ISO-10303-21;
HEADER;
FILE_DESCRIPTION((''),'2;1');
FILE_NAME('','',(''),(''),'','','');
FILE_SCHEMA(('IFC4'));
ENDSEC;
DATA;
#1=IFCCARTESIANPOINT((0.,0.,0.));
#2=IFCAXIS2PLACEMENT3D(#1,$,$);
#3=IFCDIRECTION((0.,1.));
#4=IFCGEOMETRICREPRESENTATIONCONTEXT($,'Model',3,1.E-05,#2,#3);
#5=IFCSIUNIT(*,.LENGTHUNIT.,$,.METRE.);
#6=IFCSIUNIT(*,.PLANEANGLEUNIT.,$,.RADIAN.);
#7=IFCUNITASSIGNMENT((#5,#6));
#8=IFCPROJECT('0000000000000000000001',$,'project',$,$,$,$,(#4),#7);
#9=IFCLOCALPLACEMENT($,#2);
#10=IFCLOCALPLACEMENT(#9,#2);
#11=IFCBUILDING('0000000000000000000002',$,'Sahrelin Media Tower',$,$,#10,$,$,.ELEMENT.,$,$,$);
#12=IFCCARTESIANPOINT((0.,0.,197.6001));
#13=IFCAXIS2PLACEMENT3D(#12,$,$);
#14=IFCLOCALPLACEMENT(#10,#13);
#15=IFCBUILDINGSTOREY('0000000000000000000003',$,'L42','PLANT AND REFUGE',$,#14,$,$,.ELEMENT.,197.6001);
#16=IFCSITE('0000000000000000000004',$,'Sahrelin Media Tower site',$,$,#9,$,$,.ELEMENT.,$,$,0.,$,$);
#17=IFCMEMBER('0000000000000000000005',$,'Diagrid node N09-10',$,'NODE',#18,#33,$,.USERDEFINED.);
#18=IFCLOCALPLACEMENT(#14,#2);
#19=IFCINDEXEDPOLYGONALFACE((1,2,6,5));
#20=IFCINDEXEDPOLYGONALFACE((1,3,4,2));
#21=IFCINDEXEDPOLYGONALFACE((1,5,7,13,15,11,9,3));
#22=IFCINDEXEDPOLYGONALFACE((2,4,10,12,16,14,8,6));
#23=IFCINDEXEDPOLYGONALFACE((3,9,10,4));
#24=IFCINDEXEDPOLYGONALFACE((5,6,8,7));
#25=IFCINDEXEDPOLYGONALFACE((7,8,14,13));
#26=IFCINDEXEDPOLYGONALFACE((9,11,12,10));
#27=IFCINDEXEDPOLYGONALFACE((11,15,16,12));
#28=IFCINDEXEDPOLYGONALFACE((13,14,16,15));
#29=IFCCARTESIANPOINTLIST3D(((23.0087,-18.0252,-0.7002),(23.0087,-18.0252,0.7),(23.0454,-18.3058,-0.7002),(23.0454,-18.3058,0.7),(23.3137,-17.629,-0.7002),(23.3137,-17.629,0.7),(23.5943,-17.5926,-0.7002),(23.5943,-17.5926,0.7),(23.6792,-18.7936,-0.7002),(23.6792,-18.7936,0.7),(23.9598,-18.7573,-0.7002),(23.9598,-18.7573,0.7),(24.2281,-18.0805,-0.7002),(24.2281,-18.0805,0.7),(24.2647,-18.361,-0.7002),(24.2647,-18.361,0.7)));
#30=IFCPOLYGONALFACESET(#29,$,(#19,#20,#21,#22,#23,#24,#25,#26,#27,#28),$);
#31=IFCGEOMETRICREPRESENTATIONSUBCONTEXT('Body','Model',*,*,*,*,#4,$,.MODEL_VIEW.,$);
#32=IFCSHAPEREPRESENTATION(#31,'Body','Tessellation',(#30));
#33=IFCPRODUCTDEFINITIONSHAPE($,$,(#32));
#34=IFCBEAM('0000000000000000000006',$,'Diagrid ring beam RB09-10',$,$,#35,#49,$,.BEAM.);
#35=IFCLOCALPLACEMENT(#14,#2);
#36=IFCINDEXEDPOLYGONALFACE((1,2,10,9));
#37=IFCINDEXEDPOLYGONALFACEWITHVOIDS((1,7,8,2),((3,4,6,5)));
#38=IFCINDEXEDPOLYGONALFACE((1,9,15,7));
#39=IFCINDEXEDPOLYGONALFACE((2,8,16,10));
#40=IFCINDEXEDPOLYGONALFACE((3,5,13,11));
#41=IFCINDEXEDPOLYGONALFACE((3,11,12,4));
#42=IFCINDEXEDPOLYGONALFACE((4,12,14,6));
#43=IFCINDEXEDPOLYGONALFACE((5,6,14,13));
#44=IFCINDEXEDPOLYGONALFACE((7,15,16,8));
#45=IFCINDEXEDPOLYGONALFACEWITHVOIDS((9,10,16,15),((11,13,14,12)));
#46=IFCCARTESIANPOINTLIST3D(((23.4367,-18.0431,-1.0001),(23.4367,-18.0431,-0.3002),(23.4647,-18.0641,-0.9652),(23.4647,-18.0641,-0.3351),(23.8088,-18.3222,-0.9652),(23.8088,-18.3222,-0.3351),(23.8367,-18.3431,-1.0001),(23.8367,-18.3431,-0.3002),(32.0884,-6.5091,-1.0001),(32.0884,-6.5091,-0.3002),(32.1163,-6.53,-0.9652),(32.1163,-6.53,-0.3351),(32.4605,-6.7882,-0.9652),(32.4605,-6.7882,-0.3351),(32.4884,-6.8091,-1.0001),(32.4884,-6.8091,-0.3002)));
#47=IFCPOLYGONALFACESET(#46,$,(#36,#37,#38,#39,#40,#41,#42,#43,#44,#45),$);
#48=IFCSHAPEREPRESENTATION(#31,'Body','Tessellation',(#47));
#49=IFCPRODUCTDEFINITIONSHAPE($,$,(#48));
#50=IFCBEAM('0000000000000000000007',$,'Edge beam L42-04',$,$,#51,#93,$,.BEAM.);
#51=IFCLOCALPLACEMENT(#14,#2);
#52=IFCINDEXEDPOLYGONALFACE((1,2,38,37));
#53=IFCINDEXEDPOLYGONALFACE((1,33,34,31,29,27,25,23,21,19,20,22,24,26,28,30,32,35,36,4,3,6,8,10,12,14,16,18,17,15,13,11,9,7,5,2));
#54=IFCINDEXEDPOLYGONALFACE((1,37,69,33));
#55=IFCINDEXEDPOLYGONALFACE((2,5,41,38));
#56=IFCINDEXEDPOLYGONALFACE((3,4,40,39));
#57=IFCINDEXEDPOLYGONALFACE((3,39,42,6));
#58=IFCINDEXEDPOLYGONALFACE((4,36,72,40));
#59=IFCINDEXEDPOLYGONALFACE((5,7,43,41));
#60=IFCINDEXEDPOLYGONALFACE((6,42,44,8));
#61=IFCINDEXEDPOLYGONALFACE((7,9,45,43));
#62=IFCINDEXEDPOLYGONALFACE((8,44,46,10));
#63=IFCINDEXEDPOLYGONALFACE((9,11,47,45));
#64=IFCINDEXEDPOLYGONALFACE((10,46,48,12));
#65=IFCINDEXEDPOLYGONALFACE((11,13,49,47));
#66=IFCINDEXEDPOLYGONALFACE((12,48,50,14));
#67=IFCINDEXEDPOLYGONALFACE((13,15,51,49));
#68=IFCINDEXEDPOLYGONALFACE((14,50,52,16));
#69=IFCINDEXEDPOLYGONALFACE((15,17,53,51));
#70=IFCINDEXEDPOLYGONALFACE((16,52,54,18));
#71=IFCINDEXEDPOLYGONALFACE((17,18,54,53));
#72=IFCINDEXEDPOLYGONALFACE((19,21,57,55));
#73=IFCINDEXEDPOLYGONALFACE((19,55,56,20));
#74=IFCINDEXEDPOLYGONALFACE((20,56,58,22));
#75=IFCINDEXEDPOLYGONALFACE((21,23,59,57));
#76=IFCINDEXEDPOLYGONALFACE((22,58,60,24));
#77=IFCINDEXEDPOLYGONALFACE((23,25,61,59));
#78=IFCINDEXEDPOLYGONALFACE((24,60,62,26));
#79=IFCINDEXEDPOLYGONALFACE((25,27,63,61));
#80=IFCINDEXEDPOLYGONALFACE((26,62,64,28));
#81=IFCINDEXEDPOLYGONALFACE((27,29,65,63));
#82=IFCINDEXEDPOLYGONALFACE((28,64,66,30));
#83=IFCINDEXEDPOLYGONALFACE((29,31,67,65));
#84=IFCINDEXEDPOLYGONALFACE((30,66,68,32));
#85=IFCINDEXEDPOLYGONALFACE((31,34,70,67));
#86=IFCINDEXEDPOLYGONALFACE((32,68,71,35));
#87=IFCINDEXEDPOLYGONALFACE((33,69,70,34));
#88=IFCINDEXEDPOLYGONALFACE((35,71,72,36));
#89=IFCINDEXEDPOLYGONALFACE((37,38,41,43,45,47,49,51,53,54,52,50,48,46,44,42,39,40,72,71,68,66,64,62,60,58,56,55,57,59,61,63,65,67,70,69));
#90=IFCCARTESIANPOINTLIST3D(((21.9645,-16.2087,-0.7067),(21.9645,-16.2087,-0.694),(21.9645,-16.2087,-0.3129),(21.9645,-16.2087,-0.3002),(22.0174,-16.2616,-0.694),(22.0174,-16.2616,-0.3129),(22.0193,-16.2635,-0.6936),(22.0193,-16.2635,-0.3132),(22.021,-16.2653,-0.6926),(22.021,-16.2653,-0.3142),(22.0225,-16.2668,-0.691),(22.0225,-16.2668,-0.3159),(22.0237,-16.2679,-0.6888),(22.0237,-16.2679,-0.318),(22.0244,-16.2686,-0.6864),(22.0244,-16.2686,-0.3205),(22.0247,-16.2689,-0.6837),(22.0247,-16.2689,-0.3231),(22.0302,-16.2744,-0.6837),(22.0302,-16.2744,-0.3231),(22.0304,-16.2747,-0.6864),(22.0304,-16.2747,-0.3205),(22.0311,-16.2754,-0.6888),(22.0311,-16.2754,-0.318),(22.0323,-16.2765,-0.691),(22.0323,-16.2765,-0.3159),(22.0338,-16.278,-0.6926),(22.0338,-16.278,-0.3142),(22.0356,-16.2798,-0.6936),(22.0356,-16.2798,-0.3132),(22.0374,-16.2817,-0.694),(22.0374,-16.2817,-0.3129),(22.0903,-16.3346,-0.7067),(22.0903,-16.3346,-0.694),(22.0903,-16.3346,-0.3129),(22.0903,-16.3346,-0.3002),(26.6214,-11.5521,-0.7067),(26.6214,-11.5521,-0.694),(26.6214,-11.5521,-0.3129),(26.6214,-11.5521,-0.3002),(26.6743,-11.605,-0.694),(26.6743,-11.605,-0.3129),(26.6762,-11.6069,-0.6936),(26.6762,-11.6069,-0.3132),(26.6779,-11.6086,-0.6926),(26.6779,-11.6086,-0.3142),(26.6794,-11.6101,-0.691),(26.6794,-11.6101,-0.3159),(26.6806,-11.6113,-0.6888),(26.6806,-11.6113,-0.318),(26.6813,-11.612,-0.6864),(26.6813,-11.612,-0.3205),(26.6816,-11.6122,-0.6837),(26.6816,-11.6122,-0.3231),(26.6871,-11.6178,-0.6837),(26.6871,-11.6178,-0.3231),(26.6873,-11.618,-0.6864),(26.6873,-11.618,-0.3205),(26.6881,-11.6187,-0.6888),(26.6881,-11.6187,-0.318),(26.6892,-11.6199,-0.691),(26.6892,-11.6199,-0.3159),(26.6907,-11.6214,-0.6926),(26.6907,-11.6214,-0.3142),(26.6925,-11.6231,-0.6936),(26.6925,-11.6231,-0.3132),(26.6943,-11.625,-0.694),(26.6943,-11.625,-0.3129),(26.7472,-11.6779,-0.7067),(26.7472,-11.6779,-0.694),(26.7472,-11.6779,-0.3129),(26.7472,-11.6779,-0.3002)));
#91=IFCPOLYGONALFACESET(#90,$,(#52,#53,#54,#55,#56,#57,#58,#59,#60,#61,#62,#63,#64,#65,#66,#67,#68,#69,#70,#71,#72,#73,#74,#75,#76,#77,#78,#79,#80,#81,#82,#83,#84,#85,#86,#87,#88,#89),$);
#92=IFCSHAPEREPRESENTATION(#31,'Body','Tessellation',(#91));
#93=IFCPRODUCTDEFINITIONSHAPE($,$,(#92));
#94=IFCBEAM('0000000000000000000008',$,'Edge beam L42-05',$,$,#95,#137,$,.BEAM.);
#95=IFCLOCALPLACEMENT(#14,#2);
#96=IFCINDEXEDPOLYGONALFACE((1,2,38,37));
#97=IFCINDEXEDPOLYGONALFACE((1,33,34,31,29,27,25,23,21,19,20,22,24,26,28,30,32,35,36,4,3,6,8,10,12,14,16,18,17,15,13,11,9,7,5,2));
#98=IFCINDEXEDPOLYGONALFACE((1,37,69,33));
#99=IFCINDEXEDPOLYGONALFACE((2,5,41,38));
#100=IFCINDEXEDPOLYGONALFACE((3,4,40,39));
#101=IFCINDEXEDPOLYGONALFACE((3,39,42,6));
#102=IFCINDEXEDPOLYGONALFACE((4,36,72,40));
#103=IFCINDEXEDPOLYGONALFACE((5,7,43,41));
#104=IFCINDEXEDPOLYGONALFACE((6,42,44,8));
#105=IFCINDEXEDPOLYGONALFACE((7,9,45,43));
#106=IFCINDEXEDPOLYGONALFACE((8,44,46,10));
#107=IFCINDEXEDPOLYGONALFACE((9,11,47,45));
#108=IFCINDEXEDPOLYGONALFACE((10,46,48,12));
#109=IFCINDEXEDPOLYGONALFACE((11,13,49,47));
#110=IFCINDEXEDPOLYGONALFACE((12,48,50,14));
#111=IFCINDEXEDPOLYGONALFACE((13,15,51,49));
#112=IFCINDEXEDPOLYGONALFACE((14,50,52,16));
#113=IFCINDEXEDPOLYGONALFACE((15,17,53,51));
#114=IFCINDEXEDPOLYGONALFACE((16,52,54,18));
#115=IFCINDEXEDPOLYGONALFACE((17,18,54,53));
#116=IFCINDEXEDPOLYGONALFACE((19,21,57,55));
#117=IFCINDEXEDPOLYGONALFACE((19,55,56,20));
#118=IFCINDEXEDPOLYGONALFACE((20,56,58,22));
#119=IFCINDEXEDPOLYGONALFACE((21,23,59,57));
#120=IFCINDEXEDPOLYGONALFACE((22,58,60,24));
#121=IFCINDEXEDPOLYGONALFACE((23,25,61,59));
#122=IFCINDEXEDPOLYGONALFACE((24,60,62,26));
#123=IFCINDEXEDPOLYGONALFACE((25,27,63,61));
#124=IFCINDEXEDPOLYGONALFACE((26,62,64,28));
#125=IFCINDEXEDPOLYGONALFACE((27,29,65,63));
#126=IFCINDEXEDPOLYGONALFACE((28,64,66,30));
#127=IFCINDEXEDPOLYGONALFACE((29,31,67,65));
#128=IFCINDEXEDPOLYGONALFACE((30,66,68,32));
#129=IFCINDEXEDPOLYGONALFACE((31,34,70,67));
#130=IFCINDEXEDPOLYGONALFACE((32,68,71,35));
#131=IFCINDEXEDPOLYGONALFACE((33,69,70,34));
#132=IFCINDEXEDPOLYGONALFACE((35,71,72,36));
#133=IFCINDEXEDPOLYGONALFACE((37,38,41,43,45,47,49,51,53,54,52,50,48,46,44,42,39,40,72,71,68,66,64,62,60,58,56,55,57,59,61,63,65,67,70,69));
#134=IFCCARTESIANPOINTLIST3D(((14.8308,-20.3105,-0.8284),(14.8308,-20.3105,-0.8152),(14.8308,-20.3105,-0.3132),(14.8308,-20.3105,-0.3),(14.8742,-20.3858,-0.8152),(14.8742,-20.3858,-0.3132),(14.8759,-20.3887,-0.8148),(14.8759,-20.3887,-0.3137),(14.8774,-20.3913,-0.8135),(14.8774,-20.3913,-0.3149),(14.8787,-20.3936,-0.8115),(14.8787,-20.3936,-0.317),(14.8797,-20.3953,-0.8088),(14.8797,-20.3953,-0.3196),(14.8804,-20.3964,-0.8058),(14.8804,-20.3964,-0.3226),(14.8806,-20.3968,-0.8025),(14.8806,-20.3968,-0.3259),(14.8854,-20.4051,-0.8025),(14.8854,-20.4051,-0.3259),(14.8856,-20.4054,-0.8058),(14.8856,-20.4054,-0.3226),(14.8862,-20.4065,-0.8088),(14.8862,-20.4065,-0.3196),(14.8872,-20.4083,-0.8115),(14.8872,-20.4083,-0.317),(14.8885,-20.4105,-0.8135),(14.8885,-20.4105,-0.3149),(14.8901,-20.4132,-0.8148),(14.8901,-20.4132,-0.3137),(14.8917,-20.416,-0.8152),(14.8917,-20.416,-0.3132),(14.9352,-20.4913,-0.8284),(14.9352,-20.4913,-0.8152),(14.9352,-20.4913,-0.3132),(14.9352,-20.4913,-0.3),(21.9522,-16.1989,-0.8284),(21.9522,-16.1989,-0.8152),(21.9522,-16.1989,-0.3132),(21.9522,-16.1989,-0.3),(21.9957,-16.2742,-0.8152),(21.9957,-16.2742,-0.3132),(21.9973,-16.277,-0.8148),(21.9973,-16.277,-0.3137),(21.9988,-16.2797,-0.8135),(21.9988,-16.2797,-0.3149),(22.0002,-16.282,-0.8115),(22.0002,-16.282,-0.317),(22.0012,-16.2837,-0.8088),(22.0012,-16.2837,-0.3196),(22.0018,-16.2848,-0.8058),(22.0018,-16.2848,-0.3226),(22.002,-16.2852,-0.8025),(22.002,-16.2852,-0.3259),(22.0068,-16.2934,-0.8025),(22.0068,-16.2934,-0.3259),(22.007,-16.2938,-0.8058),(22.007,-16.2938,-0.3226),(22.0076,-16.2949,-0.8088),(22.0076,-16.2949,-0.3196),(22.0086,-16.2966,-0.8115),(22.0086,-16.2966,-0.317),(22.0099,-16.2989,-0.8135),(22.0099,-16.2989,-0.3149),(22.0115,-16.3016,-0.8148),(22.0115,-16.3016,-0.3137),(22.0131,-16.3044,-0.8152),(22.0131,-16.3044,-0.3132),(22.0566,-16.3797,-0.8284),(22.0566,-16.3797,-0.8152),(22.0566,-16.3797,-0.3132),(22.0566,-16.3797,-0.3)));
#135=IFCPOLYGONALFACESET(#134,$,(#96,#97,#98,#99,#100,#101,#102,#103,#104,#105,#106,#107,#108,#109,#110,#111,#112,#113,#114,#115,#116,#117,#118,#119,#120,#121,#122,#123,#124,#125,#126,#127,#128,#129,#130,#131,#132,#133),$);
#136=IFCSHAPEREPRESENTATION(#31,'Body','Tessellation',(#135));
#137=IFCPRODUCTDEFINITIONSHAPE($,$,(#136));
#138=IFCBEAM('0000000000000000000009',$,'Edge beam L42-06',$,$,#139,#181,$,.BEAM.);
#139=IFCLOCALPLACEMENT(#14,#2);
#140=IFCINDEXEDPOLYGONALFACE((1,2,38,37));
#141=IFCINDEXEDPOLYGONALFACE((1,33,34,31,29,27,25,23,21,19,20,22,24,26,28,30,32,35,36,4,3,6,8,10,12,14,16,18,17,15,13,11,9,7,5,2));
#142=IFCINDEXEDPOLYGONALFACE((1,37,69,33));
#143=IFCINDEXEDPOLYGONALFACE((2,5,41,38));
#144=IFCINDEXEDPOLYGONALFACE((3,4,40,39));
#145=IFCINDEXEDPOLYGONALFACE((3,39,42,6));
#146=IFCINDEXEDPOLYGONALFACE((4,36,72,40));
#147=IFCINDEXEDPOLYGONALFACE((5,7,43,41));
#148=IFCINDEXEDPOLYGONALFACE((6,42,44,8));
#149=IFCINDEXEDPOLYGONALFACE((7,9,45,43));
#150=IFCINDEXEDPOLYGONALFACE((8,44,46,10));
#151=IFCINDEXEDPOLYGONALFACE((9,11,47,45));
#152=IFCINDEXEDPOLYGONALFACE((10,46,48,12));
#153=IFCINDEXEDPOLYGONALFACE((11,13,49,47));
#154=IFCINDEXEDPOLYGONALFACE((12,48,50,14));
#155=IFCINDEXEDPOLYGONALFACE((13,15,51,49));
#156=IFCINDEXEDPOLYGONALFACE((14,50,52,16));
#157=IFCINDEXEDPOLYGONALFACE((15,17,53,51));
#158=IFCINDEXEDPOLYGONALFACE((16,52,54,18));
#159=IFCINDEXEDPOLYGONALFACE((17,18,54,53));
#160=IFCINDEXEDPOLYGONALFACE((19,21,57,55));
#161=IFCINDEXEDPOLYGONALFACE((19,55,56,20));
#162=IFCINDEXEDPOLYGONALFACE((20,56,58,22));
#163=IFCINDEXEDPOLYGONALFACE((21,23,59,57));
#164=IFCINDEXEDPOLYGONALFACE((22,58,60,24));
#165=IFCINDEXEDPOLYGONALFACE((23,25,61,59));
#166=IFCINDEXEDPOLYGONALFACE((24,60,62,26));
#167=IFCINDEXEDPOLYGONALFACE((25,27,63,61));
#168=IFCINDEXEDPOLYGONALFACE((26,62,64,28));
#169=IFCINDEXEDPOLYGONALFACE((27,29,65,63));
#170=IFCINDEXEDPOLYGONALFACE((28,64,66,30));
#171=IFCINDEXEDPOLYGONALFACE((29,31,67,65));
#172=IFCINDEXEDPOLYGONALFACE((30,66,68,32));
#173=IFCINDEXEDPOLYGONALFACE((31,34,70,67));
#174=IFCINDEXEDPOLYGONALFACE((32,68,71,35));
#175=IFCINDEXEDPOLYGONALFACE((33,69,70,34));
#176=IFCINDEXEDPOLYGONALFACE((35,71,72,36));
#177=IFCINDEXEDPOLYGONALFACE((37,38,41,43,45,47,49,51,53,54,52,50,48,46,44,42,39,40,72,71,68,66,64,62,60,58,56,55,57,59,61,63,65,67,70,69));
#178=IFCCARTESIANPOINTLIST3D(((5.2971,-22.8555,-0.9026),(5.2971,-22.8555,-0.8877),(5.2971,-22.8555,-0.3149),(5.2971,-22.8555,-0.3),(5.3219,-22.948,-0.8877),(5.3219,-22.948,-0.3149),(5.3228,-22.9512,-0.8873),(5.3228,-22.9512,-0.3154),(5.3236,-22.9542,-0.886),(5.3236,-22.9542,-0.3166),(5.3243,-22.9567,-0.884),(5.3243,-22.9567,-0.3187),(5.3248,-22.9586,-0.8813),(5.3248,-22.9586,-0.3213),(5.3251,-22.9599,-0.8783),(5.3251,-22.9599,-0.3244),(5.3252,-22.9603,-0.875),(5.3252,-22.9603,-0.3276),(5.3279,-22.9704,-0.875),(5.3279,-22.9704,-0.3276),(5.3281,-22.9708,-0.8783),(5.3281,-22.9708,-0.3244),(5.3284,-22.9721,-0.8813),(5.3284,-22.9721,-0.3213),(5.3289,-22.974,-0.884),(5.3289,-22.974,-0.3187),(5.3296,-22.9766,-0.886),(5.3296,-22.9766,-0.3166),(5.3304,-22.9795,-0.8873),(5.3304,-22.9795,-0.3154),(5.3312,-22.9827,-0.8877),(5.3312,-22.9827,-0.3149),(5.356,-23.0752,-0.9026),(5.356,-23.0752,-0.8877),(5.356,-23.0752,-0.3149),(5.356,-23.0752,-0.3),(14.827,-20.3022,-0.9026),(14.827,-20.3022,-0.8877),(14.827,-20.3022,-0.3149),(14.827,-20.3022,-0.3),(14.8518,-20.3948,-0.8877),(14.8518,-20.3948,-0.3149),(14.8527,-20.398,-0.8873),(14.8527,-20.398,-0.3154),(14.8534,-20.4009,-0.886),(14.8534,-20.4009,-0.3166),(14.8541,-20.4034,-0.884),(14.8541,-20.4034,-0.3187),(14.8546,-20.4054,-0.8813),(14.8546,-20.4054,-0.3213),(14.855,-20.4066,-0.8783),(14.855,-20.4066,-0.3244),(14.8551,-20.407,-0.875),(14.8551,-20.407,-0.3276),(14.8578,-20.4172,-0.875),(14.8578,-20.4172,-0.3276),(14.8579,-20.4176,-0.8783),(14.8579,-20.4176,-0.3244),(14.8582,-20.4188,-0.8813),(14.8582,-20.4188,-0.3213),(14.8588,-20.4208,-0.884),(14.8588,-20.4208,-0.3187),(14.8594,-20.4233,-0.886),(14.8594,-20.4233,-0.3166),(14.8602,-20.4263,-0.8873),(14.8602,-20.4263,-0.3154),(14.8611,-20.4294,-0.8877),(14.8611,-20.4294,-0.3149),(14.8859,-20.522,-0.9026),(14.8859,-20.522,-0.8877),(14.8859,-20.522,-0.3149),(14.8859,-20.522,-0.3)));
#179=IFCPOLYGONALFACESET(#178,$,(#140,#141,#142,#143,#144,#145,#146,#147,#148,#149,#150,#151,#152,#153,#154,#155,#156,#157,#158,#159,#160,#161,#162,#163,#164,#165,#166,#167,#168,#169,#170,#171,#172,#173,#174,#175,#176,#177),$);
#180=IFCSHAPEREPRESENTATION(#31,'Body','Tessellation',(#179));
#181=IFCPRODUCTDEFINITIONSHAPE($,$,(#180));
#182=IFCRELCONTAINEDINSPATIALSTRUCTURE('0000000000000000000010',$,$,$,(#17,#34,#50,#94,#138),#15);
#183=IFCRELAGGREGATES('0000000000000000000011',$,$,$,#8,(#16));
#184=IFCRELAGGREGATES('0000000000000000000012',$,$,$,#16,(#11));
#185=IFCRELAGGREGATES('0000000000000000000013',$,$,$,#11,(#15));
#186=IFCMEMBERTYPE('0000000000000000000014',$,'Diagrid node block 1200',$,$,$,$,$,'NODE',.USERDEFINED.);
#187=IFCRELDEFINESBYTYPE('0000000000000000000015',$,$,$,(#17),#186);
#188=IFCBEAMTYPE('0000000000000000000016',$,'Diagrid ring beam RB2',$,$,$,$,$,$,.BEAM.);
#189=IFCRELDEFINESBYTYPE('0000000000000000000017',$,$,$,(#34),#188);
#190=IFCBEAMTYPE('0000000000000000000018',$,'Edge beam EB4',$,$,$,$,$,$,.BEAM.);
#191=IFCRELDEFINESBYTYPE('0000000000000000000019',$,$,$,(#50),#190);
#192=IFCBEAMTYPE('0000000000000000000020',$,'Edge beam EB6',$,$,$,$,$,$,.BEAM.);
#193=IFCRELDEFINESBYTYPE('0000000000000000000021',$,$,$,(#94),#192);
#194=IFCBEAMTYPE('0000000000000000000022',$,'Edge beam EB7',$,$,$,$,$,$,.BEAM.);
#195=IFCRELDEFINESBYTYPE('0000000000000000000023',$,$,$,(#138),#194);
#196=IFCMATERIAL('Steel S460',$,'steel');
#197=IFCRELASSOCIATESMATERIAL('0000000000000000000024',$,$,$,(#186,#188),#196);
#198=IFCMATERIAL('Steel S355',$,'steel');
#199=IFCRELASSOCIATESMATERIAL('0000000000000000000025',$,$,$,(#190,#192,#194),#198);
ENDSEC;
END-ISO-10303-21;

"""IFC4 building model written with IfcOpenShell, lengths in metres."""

from ifc_helpers import new_model, si_unit, direction, frame, origin, origin_2d, place, context, subcontext, project, spatial, polyline, hollow_rectangle, i_section, outline, extrude, material, material_profile, profile_set, type_object, element, save


model = new_model("IFC4")

# Units and contexts
model_context = context("Model", 3, precision=1e-05, world=origin(), true_north=direction((0.0, 1.0)))
body_context = subcontext(model_context, "Body", "Model", "MODEL_VIEW")
ifc_project = project(units=[si_unit("LENGTHUNIT", "METRE"), si_unit("PLANEANGLEUNIT", "RADIAN")], contexts=[model_context])

# Site, building, storey
site_placement = place(None, origin())
site = spatial("IfcSite", under=ifc_project, at=site_placement, Name="Sahrelin Media Tower site", CompositionType="ELEMENT", RefElevation=0.0)
building_placement = place(site_placement, origin())
building = spatial("IfcBuilding", under=site, at=building_placement, Name="Sahrelin Media Tower", CompositionType="ELEMENT")
storey_placement = place(building_placement, frame((0.0, 0.0, 197.6001)))
storey = spatial("IfcBuildingStorey", under=building, at=storey_placement, Name="L42", Description="PLANT AND REFUGE", CompositionType="ELEMENT", Elevation=197.6001)

# Member
ifc_material_1 = material(Name="Steel S460", Category="steel")
ifc_material_profile_1 = material_profile(ifc_material_1, outline(polyline([(0.3999, -0.45), (0.6001, -0.25), (0.6001, 0.25), (0.3999, 0.45), (-0.3999, 0.45), (-0.6001, 0.25), (-0.6001, -0.25), (-0.3999, -0.45), (0.3999, -0.45)])), Name="Diagrid node block 1200")
ifc_profile_set_1 = profile_set([ifc_material_profile_1], Name="Steel S460")
member_type_1 = type_object("IfcMemberType", Name="Diagrid node block 1200", ElementType="NODE", PredefinedType="USERDEFINED", material=ifc_profile_set_1)
member_1_placement = place(storey_placement, frame((23.6367, -18.1931, -0.7002), z_axis=(0.0, 0.0, 1.0), x_axis=(0.792446, -0.609942, 0.0)))
element("IfcMember", 1, at=member_1_placement, inside=storey, type_object=member_type_1, Name="Diagrid node N09-10", ObjectType="NODE", PredefinedType="USERDEFINED", context=body_context, shape_type="SweptSolid", body=[
    extrude(outline(polyline([(0.3999, -0.45), (0.6001, -0.25), (0.6001, 0.25), (0.3999, 0.45), (-0.3999, 0.45), (-0.6001, 0.25), (-0.6001, -0.25), (-0.3999, -0.45), (0.3999, -0.45)])), origin(), (0.0, 0.0, 1.0), 1.4001),
])

# Beams
ifc_material_profile_2 = material_profile(ifc_material_1, hollow_rectangle(XDim=0.5, YDim=0.7, WallThickness=0.0349, at=origin_2d()), Name="Diagrid ring beam RB2")
ifc_profile_set_2 = profile_set([ifc_material_profile_2], Name="Steel S460")
beam_type_1 = type_object("IfcBeamType", Name="Diagrid ring beam RB2", PredefinedType="BEAM", material=ifc_profile_set_2)
beam_1_placement = place(storey_placement, frame((23.6367, -18.1931, -0.6501), z_axis=(0.600051, 0.799961, 0.0), x_axis=(-0.799961, 0.600051, 0.0)))
element("IfcBeam", 2, at=beam_1_placement, inside=storey, type_object=beam_type_1, Name="Diagrid ring beam RB09-10", PredefinedType="BEAM", context=body_context, shape_type="SweptSolid", body=[
    extrude(hollow_rectangle(XDim=0.5, YDim=0.7, WallThickness=0.0349, at=origin_2d()), origin(), (0.0, 0.0, 1.0), 14.4182),
])
ifc_material_2 = material(Name="Steel S355", Category="steel")
ifc_material_profile_3 = material_profile(ifc_material_2, i_section(OverallWidth=0.178, OverallDepth=0.4065, WebThickness=0.0078, FlangeThickness=0.0127, FilletRadius=0.0103, at=origin_2d()), Name="UB 406x178x60")
ifc_profile_set_3 = profile_set([ifc_material_profile_3], Name="Steel S355")
beam_type_2 = type_object("IfcBeamType", Name="Edge beam EB4", PredefinedType="BEAM", material=ifc_profile_set_3)
beam_2_placement = place(storey_placement, frame((26.6843, -11.615, -0.5034), z_axis=(-0.707125, -0.707088, 0.0), x_axis=(0.707088, -0.707125, 0.0)))
element("IfcBeam", 3, at=beam_2_placement, inside=storey, type_object=beam_type_2, Name="Edge beam L42-04", PredefinedType="BEAM", context=body_context, shape_type="SweptSolid", body=[
    extrude(i_section(OverallWidth=0.178, OverallDepth=0.4065, WebThickness=0.0078, FlangeThickness=0.0127, FilletRadius=0.0103, at=origin_2d()), origin(), (0.0, 0.0, 1.0), 6.5857),
])
ifc_material_profile_4 = material_profile(ifc_material_2, i_section(OverallWidth=0.2087, OverallDepth=0.5283, WebThickness=0.0095, FlangeThickness=0.0132, FilletRadius=0.0127, at=origin_2d()), Name="UB 533x210x82")
ifc_profile_set_4 = profile_set([ifc_material_profile_4], Name="Steel S355")
beam_type_3 = type_object("IfcBeamType", Name="Edge beam EB6", PredefinedType="BEAM", material=ifc_profile_set_4)
beam_3_placement = place(storey_placement, frame((22.0044, -16.2893, -0.5642), z_axis=(-0.866022, -0.500006, 0.0), x_axis=(0.500006, -0.866022, 0.0)))
element("IfcBeam", 4, at=beam_3_placement, inside=storey, type_object=beam_type_3, Name="Edge beam L42-05", PredefinedType="BEAM", context=body_context, shape_type="SweptSolid", body=[
    extrude(i_section(OverallWidth=0.2087, OverallDepth=0.5283, WebThickness=0.0095, FlangeThickness=0.0132, FilletRadius=0.0127, at=origin_2d()), origin(), (0.0, 0.0, 1.0), 8.2231),
])
ifc_material_profile_5 = material_profile(ifc_material_2, i_section(OverallWidth=0.2275, OverallDepth=0.6025, WebThickness=0.0105, FlangeThickness=0.0149, FilletRadius=0.0127, at=origin_2d()), Name="UB 610x229x101")
ifc_profile_set_5 = profile_set([ifc_material_profile_5], Name="Steel S355")
beam_type_4 = type_object("IfcBeamType", Name="Edge beam EB7", PredefinedType="BEAM", material=ifc_profile_set_5)
beam_4_placement = place(storey_placement, frame((14.8564, -20.4121, -0.6013), z_axis=(-0.965933, -0.258793, 0.0), x_axis=(0.258793, -0.965933, 0.0)))
element("IfcBeam", 5, at=beam_4_placement, inside=storey, type_object=beam_type_4, Name="Edge beam L42-06", PredefinedType="BEAM", context=body_context, shape_type="SweptSolid", body=[
    extrude(i_section(OverallWidth=0.2275, OverallDepth=0.6025, WebThickness=0.0105, FlangeThickness=0.0149, FilletRadius=0.0127, at=origin_2d()), origin(), (0.0, 0.0, 1.0), 9.866),
])

save(model, "model.ifc")
